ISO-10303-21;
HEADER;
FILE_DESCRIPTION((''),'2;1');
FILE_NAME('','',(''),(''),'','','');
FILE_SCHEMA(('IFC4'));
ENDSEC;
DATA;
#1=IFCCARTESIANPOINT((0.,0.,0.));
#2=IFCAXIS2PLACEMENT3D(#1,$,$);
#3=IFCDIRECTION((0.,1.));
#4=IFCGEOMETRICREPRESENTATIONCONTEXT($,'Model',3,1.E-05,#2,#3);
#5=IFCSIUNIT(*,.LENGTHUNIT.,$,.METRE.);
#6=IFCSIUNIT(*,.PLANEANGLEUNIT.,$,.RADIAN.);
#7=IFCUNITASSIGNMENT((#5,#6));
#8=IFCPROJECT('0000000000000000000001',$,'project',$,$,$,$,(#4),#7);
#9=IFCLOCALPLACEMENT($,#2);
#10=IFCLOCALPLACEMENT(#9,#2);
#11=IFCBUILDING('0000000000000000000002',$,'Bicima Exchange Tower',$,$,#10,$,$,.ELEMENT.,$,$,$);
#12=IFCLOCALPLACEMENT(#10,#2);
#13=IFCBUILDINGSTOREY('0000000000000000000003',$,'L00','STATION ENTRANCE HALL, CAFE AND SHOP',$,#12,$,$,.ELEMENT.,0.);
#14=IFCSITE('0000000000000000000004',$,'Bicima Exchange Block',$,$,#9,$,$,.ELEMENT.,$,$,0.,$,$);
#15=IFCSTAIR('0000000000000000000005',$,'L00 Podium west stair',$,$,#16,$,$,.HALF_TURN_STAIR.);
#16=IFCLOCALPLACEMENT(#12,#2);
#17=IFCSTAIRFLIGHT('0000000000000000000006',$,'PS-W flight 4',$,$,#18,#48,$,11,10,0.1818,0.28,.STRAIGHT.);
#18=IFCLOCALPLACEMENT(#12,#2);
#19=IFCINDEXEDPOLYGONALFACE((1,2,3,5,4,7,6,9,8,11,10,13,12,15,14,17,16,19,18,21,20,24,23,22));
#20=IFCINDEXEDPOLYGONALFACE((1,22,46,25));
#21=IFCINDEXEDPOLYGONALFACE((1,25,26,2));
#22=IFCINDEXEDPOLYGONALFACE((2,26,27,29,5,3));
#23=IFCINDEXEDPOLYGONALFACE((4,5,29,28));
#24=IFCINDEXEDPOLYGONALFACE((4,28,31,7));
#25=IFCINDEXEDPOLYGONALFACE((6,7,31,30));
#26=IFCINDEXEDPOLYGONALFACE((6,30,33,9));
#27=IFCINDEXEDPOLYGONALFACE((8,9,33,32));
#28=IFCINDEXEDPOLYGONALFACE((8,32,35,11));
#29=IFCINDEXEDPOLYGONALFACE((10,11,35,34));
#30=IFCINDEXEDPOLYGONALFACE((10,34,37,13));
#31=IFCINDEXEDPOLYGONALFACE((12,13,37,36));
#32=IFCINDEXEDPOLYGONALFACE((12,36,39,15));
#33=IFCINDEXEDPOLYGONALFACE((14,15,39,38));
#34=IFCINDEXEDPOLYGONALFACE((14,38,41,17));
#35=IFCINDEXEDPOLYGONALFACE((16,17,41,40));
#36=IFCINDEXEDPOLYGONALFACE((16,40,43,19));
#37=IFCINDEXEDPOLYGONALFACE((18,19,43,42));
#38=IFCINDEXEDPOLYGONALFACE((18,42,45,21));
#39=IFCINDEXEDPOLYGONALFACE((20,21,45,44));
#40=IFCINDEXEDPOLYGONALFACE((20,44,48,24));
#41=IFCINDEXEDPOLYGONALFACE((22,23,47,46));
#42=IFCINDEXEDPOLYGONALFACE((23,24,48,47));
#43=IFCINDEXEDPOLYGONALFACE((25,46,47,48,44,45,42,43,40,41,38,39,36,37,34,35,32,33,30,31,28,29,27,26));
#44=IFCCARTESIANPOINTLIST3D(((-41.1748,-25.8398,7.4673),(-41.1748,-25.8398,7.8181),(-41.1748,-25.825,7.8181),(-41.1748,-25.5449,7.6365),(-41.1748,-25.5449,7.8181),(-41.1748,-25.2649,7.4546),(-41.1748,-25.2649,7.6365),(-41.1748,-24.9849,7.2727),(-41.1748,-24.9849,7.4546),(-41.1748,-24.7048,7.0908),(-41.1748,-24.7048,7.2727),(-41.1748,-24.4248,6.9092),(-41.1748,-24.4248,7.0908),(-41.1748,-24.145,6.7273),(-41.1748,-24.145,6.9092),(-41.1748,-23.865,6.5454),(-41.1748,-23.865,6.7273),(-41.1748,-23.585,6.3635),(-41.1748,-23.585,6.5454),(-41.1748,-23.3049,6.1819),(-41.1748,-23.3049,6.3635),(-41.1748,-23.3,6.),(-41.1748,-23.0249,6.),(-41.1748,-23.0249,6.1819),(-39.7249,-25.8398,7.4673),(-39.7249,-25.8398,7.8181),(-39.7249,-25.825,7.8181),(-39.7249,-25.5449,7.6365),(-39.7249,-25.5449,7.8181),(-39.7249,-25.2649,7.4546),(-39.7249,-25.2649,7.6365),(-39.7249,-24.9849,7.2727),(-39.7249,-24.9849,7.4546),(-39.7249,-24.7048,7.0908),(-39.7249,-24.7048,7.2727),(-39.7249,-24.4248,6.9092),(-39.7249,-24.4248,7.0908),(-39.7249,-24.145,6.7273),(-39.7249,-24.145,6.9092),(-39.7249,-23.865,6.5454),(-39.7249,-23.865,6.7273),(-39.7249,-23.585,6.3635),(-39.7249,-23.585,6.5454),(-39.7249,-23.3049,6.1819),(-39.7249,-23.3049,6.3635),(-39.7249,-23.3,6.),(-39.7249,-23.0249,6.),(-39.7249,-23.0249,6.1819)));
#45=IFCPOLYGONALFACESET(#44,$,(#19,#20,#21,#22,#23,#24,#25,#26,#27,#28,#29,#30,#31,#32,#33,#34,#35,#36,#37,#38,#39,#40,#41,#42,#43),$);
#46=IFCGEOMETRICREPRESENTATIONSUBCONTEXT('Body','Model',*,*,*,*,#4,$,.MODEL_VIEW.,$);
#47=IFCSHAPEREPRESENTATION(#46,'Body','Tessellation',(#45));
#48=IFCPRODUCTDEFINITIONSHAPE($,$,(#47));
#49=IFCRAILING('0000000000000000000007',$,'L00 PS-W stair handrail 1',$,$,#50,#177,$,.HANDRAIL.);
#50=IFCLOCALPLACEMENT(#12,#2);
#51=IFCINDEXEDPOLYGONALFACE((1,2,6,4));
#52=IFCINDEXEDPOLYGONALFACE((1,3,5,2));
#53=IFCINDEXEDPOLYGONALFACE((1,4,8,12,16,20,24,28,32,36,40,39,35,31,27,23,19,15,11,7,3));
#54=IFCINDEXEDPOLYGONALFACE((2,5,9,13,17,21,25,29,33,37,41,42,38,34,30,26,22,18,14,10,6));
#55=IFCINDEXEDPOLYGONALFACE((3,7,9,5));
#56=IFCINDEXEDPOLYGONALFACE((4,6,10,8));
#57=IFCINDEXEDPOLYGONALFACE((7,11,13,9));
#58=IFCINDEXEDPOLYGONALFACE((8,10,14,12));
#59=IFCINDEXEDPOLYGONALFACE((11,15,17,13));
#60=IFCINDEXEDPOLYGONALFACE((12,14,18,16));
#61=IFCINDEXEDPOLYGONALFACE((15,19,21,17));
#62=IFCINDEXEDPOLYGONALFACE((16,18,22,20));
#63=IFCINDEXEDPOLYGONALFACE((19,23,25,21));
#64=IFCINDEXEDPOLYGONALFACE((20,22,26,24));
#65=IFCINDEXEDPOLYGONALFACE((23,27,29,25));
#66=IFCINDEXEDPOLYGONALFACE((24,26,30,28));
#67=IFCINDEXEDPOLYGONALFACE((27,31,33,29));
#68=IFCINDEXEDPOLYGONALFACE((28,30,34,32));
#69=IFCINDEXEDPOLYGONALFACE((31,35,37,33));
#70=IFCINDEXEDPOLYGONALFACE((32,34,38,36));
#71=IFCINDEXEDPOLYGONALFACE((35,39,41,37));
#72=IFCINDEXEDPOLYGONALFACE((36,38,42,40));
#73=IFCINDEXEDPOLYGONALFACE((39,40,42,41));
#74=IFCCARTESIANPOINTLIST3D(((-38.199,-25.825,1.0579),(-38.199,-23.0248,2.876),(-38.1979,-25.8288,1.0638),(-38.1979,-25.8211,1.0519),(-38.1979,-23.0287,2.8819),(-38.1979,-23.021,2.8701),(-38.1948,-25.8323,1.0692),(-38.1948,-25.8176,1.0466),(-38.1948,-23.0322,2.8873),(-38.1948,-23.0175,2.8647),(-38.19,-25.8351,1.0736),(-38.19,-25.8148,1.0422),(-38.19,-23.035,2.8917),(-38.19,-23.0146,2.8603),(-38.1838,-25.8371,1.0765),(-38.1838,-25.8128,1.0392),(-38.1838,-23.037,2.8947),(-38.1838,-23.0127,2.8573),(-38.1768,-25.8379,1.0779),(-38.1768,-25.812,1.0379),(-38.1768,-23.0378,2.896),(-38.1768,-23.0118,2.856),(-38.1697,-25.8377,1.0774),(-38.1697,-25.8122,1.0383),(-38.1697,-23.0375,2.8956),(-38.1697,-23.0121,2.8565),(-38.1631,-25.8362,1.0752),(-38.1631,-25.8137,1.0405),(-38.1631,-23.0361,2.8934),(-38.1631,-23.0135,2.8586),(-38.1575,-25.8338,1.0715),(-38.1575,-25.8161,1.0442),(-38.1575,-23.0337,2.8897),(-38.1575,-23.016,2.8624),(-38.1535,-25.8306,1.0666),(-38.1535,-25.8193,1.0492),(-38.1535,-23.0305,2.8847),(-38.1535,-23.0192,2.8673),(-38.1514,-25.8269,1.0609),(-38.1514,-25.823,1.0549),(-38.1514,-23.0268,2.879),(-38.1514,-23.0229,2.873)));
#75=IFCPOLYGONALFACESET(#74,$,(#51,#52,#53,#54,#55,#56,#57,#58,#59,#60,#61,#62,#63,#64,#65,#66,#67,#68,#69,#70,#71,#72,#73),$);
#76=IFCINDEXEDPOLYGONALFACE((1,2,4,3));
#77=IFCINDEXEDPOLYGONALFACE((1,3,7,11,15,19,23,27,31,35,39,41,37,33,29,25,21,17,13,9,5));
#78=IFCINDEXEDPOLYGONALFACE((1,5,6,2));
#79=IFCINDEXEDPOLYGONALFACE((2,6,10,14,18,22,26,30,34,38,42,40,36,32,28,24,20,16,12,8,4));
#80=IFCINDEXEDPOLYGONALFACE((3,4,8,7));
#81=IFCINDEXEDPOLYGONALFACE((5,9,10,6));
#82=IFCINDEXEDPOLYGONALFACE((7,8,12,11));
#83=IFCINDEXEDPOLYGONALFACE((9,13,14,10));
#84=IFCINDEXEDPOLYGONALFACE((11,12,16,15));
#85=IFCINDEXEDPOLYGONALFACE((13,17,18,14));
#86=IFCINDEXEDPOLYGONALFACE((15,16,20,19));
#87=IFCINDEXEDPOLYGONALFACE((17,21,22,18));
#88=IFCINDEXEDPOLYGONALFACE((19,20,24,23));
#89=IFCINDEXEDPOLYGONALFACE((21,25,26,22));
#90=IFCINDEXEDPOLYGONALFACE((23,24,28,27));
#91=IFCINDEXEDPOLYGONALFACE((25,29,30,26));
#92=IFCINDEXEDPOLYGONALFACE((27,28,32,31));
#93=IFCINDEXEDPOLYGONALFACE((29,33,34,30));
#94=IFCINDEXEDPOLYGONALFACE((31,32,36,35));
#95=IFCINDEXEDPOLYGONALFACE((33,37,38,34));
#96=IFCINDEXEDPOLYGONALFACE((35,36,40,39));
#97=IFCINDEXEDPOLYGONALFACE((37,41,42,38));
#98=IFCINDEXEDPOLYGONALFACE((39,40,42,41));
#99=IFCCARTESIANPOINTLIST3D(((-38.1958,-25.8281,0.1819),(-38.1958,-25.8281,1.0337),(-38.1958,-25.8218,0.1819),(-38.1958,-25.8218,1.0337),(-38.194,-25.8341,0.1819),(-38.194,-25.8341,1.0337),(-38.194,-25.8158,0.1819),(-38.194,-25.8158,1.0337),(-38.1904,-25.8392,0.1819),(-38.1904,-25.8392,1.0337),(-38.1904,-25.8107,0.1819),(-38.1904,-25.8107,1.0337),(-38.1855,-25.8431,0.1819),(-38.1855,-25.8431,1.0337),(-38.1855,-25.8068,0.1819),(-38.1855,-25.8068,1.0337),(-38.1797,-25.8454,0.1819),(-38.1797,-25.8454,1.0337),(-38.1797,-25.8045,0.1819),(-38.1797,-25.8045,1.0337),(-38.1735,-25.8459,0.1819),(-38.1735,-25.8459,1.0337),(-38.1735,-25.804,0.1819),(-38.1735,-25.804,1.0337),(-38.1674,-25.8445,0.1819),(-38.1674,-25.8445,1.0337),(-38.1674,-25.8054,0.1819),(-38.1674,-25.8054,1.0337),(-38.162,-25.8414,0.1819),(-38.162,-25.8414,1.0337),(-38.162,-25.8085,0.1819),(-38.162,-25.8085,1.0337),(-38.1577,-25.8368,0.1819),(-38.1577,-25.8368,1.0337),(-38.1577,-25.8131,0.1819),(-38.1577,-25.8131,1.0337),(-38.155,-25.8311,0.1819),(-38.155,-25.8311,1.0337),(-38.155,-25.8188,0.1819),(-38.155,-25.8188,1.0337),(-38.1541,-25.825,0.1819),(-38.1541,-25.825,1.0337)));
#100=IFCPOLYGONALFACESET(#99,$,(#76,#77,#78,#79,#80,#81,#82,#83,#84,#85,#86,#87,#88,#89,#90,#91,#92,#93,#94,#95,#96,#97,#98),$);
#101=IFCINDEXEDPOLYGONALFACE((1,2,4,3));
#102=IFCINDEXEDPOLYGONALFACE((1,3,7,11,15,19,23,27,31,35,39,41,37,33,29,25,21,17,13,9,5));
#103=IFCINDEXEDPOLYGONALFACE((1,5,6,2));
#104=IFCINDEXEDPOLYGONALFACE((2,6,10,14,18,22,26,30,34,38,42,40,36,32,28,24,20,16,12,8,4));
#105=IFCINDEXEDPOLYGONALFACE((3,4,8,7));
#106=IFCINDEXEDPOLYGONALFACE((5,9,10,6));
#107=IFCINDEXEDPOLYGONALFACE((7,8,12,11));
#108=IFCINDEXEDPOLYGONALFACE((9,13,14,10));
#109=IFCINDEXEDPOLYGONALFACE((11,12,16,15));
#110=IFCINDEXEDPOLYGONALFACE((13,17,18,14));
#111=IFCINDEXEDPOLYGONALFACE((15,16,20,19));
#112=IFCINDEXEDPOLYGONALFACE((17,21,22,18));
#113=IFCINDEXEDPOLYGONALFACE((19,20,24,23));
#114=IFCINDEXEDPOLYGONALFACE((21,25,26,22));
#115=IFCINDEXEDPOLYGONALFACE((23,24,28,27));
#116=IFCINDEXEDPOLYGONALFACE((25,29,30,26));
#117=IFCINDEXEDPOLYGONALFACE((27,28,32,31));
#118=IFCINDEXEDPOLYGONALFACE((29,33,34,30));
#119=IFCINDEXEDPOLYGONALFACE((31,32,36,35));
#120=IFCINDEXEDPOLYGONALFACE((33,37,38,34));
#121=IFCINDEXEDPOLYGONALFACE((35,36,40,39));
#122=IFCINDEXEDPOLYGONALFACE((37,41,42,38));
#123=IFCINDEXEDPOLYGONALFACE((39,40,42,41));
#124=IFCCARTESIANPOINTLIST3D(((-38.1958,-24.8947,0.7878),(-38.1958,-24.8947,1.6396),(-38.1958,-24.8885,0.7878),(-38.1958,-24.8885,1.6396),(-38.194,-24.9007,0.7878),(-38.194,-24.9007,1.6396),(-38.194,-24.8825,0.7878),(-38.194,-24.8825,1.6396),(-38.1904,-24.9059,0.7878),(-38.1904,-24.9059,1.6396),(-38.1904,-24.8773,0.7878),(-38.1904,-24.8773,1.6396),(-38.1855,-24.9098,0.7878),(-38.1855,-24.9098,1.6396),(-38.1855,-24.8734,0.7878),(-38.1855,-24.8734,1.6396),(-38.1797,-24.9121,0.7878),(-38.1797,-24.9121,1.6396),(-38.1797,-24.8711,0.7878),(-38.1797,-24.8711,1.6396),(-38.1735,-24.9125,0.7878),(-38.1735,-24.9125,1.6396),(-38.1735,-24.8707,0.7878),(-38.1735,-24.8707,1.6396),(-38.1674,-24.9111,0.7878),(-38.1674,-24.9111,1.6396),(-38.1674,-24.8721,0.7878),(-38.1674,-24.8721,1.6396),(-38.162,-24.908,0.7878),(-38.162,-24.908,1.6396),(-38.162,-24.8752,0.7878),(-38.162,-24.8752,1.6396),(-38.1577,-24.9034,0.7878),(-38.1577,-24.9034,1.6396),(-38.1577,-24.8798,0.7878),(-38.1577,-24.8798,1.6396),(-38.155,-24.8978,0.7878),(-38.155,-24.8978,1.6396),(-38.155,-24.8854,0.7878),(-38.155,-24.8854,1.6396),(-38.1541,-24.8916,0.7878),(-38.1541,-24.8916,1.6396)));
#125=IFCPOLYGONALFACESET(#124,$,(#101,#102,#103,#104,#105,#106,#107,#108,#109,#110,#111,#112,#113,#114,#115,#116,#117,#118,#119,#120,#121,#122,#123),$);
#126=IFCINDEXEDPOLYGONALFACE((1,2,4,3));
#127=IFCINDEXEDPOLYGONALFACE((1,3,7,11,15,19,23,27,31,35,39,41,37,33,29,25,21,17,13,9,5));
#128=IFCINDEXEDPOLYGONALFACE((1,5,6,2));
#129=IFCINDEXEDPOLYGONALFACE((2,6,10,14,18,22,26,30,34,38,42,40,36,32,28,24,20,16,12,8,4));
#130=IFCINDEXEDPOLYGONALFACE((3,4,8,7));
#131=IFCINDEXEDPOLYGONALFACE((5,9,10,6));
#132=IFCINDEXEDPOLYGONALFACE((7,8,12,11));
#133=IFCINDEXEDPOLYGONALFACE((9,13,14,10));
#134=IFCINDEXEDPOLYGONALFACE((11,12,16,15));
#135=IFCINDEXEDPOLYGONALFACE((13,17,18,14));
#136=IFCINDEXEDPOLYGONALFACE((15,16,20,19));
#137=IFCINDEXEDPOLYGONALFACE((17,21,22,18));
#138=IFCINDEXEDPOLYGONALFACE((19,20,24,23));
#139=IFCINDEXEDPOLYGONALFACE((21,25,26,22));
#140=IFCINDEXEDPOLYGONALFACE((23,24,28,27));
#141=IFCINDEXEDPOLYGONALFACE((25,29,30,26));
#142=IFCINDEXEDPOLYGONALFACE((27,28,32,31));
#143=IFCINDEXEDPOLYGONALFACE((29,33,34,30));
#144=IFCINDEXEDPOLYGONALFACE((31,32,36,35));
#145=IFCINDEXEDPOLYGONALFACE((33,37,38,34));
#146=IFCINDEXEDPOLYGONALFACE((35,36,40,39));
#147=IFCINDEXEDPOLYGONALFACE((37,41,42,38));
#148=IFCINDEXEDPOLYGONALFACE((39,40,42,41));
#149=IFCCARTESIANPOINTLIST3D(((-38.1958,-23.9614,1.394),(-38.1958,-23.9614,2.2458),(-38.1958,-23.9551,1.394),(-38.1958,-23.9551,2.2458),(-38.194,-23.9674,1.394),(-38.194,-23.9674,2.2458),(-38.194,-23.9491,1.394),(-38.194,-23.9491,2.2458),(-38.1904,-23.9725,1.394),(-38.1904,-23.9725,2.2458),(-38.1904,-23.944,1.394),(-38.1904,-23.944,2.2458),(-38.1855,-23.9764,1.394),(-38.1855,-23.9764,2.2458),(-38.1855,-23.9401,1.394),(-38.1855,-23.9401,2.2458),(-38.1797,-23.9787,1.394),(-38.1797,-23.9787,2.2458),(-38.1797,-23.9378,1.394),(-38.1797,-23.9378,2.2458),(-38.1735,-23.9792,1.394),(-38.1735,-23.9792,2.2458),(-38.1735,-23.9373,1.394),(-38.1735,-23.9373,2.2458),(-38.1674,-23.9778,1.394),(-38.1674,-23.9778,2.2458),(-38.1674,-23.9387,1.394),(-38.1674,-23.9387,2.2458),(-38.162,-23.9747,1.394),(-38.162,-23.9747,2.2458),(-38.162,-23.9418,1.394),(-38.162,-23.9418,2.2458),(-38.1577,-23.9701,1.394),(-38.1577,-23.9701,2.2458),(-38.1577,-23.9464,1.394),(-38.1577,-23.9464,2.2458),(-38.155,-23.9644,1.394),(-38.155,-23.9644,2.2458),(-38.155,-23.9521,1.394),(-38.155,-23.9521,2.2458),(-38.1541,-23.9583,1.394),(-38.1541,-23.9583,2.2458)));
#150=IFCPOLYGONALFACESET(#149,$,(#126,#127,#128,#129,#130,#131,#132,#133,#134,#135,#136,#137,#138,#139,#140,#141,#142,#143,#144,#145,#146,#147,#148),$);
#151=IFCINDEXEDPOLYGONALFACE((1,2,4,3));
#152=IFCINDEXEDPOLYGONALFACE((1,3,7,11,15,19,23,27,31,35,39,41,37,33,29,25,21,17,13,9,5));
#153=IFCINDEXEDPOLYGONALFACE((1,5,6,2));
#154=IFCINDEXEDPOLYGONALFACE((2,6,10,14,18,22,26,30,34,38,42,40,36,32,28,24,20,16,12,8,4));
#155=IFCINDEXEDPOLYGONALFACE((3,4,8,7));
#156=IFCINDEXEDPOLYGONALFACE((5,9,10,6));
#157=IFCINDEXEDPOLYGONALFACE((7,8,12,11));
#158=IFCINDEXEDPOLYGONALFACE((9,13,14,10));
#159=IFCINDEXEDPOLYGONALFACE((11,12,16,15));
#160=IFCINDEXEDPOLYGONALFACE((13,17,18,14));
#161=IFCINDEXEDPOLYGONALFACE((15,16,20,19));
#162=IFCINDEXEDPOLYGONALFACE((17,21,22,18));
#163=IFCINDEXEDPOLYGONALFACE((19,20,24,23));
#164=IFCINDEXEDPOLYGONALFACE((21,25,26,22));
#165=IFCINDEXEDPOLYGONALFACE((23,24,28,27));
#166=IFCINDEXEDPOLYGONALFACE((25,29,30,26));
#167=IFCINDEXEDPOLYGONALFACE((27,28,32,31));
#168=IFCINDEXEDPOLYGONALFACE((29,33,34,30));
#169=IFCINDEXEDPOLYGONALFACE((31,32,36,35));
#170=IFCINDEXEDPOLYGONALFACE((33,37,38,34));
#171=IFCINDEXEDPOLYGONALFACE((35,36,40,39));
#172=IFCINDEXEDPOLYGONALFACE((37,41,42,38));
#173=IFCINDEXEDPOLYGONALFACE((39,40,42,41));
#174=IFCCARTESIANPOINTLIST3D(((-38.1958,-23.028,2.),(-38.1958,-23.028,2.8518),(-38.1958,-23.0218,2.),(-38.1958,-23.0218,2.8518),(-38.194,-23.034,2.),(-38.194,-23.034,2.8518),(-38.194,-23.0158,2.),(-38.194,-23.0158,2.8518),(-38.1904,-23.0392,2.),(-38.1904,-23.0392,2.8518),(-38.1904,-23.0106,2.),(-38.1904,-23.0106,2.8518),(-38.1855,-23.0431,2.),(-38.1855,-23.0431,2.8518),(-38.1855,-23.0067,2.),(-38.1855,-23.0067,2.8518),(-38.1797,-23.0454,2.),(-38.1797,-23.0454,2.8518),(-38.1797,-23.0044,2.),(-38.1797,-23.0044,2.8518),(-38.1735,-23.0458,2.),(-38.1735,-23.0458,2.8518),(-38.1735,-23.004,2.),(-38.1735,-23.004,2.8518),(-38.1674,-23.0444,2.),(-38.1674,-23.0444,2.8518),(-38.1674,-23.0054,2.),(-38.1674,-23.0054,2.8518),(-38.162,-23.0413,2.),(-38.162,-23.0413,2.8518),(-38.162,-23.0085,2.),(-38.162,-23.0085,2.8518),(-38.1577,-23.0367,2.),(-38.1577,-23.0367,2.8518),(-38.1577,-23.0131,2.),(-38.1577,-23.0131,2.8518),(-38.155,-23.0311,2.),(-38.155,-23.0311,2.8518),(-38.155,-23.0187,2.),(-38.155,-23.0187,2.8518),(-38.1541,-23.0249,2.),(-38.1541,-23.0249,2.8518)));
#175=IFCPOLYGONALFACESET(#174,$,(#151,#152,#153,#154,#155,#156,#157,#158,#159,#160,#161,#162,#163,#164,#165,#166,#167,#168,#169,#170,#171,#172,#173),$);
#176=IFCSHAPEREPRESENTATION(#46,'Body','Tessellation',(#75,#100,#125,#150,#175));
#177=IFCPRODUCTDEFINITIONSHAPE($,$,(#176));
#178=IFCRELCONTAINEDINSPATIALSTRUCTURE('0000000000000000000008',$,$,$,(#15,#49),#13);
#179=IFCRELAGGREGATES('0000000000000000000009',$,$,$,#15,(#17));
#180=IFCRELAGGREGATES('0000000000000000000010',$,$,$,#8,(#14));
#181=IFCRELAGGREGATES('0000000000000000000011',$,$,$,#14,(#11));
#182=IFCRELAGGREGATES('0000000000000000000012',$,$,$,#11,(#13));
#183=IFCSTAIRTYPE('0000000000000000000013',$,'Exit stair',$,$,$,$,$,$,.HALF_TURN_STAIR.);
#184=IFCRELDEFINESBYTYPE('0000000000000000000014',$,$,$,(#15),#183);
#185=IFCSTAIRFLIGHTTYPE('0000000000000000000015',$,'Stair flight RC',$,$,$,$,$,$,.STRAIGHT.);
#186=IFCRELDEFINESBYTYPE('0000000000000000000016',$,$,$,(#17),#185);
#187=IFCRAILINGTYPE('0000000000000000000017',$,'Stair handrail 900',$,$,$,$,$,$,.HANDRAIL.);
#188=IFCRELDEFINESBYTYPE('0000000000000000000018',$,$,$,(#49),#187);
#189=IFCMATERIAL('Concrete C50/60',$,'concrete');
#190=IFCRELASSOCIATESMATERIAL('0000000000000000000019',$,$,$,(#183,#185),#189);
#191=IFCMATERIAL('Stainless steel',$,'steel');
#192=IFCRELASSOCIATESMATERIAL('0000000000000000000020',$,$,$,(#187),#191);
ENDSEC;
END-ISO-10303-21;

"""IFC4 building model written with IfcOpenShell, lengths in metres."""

from ifc_helpers import new_model, si_unit, direction, frame, origin, origin_2d, place, context, subcontext, project, spatial, polyline, circle, outline, extrude, material, type_object, element, aggregate, save


model = new_model("IFC4")

# Units and contexts
model_context = context("Model", 3, precision=1e-05, world=origin(), true_north=direction((0.0, 1.0)))
body_context = subcontext(model_context, "Body", "Model", "MODEL_VIEW")
ifc_project = project(units=[si_unit("LENGTHUNIT", "METRE"), si_unit("PLANEANGLEUNIT", "RADIAN")], contexts=[model_context])

# Site, building, storey
site_placement = place(None, origin())
site = spatial("IfcSite", under=ifc_project, at=site_placement, Name="Bicima Exchange Block", CompositionType="ELEMENT", RefElevation=0.0)
building_placement = place(site_placement, origin())
building = spatial("IfcBuilding", under=site, at=building_placement, Name="Bicima Exchange Tower", CompositionType="ELEMENT")
storey_placement = place(building_placement, origin())
storey = spatial("IfcBuildingStorey", under=building, at=storey_placement, Name="L00", Description="STATION ENTRANCE HALL, CAFE AND SHOP", CompositionType="ELEMENT", Elevation=0.0)

# Stair, stair flight
ifc_material_1 = material(Name="Concrete C50/60", Category="concrete")
stair_type = type_object("IfcStairType", Name="Exit stair", PredefinedType="HALF_TURN_STAIR", material=ifc_material_1)
stair_placement = place(storey_placement, origin())
stair = element("IfcStair", 1, at=stair_placement, inside=storey, type_object=stair_type, Name="L00 Podium west stair", PredefinedType="HALF_TURN_STAIR")
stair_flight_type = type_object("IfcStairFlightType", Name="Stair flight RC", PredefinedType="STRAIGHT", material=ifc_material_1)
stair_flight_1_placement = place(storey_placement, frame((-40.45, -23.0249, 6.0), z_axis=(0.0, 0.0, 1.0), x_axis=(0.0, -1.0, 0.0)))
stair_flight_1 = element("IfcStairFlight", 2, at=stair_flight_1_placement, type_object=stair_flight_type, Name="PS-W flight 4", NumberOfRisers=11, NumberOfTreads=10, PredefinedType="STRAIGHT", RiserHeight=0.1818, TreadLength=0.28, context=body_context, shape_type="SweptSolid", body=[
    extrude(outline(polyline([(0.0, 0.0), (0.0, 0.1819), (0.28, 0.1819), (0.28, 0.3635), (0.5601, 0.3635), (0.5601, 0.5454), (0.8401, 0.5454), (0.8401, 0.7273), (1.1201, 0.7273), (1.1201, 0.9092), (1.3999, 0.9092), (1.3999, 1.0908), (1.6799, 1.0908), (1.6799, 1.2727), (1.96, 1.2727), (1.96, 1.4546), (2.24, 1.4546), (2.24, 1.6365), (2.52, 1.6365), (2.52, 1.8181), (2.8, 1.8181), (2.8149, 1.8181), (2.8149, 1.4673), (0.2751, 0.0), (0.0, 0.0)])), frame((0.0, 0.7251, 0.0), z_axis=(0.0, -1.0, 0.0), x_axis=(1.0, 0.0, 0.0)), (0.0, 0.0, 1.0), 1.45),
])
aggregate(stair, [stair_flight_1])

# Railing
ifc_material_2 = material(Name="Stainless steel", Category="steel")
railing_type_1 = type_object("IfcRailingType", Name="Stair handrail 900", PredefinedType="HANDRAIL", material=ifc_material_2)
railing_1_placement = place(storey_placement, frame((-38.175, -25.825, 0.1819)))
element("IfcRailing", 3, at=railing_1_placement, inside=storey, type_object=railing_type_1, Name="L00 PS-W stair handrail 1", PredefinedType="HANDRAIL", context=body_context, shape_type="SweptSolid", body=[
    extrude(circle(Radius=0.0239, at=origin_2d()), frame((0.0, 0.0, 0.876), z_axis=(0.0, 0.838706, 0.544585), x_axis=(-1.0, 0.0, 0.0)), (0.0, 0.0, 1.0), 3.3386),
    extrude(circle(Radius=0.021, at=origin_2d()), origin(), (0.0, 0.0, 1.0), 0.8518),
    extrude(circle(Radius=0.021, at=origin_2d()), frame((0.0, 0.9333, 0.606)), (0.0, 0.0, 1.0), 0.8518),
    extrude(circle(Radius=0.021, at=origin_2d()), frame((0.0, 1.8667, 1.2122)), (0.0, 0.0, 1.0), 0.8518),
    extrude(circle(Radius=0.021, at=origin_2d()), frame((0.0, 2.8, 1.8181)), (0.0, 0.0, 1.0), 0.8518),
])

save(model, "model.ifc")
